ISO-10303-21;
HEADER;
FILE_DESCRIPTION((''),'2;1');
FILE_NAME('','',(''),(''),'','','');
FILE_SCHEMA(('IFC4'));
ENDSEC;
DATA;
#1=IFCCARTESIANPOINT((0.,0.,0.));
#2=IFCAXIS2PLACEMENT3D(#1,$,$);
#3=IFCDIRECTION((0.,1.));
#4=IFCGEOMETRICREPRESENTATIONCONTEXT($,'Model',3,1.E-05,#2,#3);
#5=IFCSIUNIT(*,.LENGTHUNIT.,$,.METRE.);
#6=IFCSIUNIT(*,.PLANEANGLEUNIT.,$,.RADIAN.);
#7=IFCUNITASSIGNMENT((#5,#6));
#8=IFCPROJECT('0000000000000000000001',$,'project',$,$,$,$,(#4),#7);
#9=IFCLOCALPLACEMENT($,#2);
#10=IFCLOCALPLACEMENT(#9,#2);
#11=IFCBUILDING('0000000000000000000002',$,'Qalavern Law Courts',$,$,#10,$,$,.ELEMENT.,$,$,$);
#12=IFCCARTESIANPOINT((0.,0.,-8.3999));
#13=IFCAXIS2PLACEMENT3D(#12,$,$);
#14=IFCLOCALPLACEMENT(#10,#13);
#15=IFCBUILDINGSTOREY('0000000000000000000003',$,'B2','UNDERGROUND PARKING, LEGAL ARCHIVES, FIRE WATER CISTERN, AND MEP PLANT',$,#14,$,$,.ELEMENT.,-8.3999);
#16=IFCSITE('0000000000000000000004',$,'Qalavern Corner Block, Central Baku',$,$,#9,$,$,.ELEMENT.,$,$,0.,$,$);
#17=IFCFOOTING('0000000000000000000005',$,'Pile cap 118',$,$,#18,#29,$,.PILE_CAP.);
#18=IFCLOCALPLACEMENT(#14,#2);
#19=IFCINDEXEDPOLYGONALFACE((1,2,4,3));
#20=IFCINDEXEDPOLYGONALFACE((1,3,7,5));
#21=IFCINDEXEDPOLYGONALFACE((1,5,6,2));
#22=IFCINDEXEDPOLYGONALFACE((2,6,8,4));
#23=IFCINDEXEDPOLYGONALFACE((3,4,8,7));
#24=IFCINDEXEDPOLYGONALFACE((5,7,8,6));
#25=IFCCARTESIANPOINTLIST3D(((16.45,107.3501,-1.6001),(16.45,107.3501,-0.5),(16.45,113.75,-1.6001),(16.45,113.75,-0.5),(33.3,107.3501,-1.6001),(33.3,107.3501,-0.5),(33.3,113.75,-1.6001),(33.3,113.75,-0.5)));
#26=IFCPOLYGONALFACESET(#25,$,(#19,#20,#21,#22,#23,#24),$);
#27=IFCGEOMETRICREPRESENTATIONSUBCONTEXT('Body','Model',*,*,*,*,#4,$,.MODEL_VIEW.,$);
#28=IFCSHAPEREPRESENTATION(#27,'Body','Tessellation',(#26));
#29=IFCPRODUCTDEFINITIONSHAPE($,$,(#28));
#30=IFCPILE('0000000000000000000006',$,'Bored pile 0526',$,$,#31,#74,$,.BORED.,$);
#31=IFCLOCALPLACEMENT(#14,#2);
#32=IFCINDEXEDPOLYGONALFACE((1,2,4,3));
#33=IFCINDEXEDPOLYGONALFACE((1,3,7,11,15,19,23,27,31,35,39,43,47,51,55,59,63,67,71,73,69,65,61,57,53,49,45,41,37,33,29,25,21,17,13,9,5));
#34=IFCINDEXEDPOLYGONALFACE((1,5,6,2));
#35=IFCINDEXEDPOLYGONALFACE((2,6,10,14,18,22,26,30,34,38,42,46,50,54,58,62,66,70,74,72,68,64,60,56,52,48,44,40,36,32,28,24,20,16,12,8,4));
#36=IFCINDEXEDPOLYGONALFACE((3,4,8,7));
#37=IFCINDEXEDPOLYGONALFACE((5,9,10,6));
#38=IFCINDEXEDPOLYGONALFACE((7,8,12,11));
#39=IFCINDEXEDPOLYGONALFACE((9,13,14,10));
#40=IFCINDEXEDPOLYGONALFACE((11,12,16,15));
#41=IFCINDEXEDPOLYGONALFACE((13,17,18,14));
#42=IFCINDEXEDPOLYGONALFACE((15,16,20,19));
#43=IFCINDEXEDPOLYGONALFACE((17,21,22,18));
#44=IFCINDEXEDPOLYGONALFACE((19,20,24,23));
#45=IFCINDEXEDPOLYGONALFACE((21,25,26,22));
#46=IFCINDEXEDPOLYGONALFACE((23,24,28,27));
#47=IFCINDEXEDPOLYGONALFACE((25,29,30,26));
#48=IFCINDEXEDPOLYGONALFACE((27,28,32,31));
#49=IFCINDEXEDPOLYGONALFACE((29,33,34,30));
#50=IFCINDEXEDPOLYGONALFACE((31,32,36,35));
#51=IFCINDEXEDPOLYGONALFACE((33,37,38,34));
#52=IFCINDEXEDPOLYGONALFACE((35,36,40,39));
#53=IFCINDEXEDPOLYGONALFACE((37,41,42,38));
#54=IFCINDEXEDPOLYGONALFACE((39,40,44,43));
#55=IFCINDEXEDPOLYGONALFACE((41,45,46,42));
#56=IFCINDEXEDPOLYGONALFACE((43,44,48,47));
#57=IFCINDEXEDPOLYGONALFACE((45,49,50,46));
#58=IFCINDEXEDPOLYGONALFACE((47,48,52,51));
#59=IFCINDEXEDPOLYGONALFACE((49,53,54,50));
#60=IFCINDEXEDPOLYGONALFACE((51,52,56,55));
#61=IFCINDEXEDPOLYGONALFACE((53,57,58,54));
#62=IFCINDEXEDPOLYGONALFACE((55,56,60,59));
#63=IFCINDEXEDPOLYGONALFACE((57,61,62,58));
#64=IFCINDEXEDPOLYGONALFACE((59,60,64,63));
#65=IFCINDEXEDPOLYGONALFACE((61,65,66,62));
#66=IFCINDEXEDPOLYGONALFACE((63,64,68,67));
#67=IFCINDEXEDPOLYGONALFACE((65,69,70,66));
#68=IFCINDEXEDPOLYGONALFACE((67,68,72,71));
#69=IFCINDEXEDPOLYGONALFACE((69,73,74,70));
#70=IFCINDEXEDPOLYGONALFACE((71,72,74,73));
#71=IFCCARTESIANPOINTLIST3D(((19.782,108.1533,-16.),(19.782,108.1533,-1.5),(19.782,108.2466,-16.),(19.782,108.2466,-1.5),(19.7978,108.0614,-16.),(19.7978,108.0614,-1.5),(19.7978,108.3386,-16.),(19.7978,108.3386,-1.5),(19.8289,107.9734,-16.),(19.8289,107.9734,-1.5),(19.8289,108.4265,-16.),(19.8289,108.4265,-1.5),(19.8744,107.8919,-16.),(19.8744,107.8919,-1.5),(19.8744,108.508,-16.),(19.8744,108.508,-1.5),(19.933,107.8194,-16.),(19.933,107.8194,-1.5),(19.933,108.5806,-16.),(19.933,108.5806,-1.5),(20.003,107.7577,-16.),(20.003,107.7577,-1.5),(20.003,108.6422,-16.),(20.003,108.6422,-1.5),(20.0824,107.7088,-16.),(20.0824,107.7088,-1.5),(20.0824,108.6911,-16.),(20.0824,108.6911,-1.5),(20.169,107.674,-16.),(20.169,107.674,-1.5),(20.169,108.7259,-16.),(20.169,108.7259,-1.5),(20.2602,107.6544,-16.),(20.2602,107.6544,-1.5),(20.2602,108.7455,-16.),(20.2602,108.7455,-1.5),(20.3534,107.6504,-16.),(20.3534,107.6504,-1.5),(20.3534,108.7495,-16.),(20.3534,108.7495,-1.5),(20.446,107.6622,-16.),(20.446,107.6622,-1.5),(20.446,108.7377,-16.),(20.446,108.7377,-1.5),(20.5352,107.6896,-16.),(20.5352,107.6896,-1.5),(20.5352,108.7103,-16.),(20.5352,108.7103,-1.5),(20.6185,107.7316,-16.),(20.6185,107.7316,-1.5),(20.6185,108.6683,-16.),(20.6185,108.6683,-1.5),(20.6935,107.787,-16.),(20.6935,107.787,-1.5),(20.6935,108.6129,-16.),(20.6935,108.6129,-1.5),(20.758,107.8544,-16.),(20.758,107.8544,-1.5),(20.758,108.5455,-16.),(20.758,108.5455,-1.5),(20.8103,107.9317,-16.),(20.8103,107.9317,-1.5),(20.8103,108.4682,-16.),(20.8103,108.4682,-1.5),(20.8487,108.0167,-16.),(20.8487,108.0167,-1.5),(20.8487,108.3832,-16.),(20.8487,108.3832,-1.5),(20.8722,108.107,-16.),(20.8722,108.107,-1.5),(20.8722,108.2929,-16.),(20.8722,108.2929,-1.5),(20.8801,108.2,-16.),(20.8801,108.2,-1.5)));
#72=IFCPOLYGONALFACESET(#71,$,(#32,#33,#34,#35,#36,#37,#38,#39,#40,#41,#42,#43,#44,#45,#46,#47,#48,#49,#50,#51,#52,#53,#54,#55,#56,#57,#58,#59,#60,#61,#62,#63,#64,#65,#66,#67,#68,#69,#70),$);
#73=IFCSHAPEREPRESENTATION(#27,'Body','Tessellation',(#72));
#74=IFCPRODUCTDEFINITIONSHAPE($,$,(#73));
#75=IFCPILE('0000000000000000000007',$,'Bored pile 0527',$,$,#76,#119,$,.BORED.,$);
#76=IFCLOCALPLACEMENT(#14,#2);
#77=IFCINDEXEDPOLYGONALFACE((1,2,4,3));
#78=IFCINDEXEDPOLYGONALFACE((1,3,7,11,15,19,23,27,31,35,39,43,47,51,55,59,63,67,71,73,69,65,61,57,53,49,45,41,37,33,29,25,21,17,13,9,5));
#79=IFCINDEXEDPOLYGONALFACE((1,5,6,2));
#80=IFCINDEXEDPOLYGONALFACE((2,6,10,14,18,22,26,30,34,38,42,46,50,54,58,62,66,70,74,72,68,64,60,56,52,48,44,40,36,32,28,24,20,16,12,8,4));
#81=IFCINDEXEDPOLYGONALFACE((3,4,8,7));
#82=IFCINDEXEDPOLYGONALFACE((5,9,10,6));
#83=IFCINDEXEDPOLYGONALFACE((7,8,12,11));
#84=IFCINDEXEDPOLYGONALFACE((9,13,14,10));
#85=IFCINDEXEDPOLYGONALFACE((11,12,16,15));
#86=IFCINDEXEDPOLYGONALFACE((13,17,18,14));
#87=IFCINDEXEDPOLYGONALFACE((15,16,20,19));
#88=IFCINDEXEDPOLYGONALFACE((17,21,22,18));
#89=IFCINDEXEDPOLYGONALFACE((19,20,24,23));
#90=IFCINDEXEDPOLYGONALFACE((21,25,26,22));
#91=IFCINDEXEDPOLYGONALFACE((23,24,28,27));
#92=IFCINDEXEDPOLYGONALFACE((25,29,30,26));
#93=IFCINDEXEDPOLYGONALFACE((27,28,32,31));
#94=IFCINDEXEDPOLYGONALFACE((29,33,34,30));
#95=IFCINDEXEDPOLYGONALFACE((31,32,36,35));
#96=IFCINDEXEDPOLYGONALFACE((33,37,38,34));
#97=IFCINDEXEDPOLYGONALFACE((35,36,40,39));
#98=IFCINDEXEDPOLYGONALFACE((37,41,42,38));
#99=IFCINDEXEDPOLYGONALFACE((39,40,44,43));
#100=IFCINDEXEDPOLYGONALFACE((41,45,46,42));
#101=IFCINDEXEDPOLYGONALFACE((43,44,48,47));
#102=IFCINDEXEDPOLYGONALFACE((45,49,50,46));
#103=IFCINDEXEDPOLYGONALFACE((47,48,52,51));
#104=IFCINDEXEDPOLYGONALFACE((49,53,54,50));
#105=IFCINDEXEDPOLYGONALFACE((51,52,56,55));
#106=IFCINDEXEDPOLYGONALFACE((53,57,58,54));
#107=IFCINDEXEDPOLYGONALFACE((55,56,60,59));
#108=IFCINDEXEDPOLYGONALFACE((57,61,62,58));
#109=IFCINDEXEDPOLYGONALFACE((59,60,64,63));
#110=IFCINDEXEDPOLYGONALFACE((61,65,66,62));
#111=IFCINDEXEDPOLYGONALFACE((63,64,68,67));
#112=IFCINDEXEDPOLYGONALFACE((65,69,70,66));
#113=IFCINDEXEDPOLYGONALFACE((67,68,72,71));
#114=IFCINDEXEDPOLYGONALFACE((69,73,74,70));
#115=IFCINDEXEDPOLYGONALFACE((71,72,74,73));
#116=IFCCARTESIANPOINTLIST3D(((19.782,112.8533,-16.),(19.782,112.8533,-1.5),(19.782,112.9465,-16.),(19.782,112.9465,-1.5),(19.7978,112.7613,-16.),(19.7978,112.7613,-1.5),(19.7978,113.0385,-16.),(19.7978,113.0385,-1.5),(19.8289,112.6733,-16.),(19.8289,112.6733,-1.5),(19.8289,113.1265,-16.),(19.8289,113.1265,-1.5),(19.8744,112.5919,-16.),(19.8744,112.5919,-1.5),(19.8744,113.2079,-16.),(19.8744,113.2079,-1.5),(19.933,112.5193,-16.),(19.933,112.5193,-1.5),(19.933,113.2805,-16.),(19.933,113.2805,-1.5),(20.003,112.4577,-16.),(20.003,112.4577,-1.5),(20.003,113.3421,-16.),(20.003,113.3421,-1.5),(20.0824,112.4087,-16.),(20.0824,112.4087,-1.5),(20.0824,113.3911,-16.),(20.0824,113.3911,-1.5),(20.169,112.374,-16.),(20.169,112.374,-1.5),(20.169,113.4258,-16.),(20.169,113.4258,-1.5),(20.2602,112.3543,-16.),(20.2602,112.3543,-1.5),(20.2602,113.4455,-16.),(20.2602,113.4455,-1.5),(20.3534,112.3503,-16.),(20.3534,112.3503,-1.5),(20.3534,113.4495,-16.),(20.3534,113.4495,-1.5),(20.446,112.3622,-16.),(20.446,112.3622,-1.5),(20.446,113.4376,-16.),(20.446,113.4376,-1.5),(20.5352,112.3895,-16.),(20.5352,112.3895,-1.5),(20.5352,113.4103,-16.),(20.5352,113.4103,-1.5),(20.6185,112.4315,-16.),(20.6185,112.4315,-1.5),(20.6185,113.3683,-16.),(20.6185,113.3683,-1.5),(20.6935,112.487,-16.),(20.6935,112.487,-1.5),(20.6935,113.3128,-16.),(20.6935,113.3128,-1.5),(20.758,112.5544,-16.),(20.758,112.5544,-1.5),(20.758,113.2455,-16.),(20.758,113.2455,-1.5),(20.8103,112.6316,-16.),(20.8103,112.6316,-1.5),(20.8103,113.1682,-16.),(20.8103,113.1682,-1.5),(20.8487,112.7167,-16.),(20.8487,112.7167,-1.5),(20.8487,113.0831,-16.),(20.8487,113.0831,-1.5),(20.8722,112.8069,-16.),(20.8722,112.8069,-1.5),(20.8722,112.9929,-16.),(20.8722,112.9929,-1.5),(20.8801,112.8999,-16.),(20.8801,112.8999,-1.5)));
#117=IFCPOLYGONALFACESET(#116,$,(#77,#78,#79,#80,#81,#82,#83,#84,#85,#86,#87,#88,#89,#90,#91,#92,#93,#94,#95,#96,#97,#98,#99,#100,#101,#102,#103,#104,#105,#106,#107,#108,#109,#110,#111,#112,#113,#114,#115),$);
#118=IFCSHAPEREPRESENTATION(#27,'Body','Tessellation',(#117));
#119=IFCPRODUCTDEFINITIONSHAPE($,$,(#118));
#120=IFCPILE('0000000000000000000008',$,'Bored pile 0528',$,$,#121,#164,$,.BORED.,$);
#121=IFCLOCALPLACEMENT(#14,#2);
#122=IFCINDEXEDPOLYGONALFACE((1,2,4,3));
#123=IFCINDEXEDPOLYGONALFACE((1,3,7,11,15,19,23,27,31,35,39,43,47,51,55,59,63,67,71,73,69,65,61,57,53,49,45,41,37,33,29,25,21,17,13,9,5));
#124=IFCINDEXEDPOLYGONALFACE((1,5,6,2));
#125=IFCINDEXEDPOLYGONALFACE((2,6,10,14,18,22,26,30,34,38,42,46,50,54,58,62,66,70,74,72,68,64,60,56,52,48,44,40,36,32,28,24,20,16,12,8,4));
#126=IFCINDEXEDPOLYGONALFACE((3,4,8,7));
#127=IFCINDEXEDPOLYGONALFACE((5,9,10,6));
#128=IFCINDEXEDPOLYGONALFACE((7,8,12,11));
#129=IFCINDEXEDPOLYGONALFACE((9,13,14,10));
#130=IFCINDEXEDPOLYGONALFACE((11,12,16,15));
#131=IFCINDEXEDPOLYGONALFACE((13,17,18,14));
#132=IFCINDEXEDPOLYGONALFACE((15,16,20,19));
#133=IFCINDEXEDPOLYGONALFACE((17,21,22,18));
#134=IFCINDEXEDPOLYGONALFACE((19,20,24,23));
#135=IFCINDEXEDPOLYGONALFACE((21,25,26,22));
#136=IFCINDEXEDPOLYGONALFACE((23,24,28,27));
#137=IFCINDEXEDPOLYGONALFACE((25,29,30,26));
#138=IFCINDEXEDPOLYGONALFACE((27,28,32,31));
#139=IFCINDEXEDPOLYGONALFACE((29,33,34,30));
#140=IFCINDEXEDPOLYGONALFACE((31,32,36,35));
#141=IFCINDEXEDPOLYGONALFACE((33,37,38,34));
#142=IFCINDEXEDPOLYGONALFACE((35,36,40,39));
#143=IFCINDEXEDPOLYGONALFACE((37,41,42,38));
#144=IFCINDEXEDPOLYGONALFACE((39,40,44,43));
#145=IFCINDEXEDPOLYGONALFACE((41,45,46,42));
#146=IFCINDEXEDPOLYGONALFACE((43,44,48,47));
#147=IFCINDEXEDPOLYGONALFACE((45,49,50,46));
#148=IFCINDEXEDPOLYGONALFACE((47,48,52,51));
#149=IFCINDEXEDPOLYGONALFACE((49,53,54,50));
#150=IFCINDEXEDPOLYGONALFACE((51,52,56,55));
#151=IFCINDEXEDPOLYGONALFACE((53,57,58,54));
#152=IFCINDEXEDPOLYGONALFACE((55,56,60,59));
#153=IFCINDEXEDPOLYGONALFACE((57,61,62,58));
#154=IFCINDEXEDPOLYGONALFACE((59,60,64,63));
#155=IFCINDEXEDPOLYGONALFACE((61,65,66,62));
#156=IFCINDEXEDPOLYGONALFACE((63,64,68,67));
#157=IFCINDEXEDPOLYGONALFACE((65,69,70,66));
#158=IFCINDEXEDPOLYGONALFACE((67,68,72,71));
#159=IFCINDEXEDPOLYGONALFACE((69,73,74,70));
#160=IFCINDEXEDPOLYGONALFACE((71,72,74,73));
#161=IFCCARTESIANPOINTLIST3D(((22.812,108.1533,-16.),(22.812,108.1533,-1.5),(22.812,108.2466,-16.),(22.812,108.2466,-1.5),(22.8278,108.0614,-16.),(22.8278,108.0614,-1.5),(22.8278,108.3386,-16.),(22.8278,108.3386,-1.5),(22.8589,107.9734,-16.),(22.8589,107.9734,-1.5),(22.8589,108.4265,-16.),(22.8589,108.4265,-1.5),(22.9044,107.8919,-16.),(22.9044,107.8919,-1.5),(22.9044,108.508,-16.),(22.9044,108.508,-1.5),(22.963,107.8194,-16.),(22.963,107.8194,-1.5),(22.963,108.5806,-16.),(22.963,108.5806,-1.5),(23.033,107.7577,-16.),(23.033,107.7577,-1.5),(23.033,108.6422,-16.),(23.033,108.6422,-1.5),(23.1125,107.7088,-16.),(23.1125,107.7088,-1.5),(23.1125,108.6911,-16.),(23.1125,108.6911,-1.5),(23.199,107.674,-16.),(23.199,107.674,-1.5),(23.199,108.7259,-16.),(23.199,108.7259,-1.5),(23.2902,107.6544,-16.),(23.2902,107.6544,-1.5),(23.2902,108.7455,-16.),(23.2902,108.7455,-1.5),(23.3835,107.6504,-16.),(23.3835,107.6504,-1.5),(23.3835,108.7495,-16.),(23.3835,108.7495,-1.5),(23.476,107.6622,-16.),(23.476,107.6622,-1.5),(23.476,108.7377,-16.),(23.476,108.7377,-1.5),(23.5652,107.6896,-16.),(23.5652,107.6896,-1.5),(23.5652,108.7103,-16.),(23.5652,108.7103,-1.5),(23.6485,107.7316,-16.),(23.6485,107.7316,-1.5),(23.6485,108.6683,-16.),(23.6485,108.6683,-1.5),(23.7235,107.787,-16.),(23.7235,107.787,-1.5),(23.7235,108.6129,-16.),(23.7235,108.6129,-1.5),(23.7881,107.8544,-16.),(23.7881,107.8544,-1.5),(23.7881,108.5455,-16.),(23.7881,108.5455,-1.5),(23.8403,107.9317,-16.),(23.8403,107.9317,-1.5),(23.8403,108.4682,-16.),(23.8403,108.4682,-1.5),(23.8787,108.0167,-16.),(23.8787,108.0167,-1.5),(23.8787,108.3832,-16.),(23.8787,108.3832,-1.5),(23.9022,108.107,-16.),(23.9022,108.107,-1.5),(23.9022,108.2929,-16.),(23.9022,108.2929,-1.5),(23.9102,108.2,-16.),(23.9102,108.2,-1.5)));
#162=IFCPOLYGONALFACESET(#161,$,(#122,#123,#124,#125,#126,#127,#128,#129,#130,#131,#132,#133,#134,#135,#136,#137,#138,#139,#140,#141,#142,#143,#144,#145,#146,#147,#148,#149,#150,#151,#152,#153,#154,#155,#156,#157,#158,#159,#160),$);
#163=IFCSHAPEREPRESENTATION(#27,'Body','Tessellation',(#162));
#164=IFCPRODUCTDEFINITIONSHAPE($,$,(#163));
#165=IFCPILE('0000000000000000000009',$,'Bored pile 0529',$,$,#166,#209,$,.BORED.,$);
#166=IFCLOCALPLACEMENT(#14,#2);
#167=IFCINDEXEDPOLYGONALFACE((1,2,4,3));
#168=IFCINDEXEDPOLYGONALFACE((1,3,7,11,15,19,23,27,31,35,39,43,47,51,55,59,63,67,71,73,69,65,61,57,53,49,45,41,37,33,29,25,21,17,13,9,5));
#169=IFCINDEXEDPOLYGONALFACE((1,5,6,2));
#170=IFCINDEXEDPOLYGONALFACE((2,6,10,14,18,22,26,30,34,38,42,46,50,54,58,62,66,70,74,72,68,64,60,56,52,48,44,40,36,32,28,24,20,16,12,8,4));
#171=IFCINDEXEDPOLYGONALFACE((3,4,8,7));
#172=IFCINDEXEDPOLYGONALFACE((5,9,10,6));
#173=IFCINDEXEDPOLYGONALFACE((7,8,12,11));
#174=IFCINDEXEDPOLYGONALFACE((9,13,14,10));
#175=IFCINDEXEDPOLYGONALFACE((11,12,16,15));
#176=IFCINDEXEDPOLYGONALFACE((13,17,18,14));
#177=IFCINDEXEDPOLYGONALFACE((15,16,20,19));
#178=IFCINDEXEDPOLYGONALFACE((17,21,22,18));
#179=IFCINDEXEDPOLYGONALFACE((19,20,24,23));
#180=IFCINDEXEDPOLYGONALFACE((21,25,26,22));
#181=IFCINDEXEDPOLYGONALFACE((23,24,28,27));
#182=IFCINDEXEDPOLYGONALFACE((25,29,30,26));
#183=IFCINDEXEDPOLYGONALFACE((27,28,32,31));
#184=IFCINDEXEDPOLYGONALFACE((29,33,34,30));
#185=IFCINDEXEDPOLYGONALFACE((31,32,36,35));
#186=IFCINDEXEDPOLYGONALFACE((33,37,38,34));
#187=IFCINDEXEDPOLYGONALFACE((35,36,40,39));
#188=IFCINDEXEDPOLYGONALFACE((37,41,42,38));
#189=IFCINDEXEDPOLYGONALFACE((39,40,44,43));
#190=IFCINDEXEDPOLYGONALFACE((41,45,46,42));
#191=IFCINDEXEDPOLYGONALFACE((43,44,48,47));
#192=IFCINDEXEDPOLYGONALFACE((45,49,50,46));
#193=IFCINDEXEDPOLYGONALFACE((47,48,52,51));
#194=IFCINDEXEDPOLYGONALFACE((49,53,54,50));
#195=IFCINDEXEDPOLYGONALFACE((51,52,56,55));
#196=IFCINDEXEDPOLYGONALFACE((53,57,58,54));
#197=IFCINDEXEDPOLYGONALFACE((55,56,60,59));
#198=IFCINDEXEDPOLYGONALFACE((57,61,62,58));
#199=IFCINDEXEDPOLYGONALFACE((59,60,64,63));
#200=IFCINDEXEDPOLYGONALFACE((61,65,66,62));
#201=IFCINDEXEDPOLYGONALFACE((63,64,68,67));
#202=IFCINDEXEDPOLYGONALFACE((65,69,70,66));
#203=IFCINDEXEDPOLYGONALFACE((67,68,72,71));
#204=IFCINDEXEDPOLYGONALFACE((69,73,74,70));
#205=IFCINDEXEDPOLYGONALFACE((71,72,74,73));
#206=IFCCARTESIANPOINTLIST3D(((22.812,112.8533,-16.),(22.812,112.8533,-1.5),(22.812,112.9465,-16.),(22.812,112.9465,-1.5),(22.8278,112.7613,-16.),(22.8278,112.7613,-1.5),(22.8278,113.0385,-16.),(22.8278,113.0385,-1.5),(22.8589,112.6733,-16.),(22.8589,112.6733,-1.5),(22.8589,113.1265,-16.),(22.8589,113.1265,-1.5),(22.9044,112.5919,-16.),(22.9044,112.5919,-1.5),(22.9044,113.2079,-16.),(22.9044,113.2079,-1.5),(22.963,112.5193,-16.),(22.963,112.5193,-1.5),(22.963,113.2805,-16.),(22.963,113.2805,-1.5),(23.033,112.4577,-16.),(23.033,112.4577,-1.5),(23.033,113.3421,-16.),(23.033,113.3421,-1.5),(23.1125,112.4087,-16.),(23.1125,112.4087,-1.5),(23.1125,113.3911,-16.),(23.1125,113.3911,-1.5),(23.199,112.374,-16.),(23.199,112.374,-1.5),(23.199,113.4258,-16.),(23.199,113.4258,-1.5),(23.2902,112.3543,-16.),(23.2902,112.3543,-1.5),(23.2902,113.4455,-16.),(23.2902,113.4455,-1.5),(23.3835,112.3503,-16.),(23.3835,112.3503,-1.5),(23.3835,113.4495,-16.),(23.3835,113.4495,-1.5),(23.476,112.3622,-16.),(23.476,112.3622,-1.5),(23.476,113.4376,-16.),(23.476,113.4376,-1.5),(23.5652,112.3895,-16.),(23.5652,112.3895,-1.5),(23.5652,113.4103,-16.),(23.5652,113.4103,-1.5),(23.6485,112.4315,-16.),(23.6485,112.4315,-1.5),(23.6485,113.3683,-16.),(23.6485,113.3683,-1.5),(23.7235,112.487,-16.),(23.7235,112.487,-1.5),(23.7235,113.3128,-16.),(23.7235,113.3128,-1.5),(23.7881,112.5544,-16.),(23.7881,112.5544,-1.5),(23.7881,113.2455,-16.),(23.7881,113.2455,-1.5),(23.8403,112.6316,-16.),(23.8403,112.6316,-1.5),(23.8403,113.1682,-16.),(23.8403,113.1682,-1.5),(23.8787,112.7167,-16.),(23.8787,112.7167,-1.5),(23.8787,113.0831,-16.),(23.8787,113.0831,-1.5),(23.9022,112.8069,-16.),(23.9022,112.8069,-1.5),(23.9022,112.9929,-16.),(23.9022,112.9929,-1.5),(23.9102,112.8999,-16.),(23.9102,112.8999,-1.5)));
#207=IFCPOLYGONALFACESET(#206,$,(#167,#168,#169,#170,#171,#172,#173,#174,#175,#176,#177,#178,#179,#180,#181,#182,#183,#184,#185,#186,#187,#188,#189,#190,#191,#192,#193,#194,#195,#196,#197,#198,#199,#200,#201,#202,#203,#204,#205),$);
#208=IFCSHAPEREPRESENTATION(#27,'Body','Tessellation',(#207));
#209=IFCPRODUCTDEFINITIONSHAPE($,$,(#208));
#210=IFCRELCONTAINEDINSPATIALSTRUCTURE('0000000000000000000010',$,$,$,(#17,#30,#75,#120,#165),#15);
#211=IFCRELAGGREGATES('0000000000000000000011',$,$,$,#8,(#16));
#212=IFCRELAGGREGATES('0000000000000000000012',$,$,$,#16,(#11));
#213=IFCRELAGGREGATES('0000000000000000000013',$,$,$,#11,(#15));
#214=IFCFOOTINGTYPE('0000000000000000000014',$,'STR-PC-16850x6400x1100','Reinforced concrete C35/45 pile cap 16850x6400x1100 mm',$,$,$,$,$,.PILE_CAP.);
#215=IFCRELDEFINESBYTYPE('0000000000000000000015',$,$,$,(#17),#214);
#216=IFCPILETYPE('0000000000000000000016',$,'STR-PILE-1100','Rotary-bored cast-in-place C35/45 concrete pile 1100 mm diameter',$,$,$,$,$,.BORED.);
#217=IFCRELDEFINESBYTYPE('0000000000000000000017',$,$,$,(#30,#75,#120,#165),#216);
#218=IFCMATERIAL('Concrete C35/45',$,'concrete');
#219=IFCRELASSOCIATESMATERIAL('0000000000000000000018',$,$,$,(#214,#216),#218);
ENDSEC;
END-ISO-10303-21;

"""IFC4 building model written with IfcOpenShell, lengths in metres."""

from ifc_helpers import new_model, si_unit, direction, frame, origin, origin_2d, place, context, subcontext, project, spatial, rectangle, circle, extrude, material, material_profile, profile_set, type_object, element, save


model = new_model("IFC4")

# Units and contexts
model_context = context("Model", 3, precision=1e-05, world=origin(), true_north=direction((0.0, 1.0)))
body_context = subcontext(model_context, "Body", "Model", "MODEL_VIEW")
ifc_project = project(units=[si_unit("LENGTHUNIT", "METRE"), si_unit("PLANEANGLEUNIT", "RADIAN")], contexts=[model_context])

# Site, building, storey
site_placement = place(None, origin())
site = spatial("IfcSite", under=ifc_project, at=site_placement, Name="Qalavern Corner Block, Central Baku", CompositionType="ELEMENT", RefElevation=0.0)
building_placement = place(site_placement, origin())
building = spatial("IfcBuilding", under=site, at=building_placement, Name="Qalavern Law Courts", CompositionType="ELEMENT")
storey_placement = place(building_placement, frame((0.0, 0.0, -8.3999)))
storey = spatial("IfcBuildingStorey", under=building, at=storey_placement, Name="B2", Description="UNDERGROUND PARKING, LEGAL ARCHIVES, FIRE WATER CISTERN, AND MEP PLANT", CompositionType="ELEMENT", Elevation=-8.3999)

# Footing
ifc_material_1 = material(Name="Concrete C35/45", Category="concrete")
footing_type = type_object("IfcFootingType", Name="STR-PC-16850x6400x1100", Description="Reinforced concrete C35/45 pile cap 16850x6400x1100 mm", PredefinedType="PILE_CAP", material=ifc_material_1)
footing_placement = place(storey_placement, frame((24.875, 110.55, -1.6001), z_axis=(0.0, 0.0, 1.0), x_axis=(1.0, 0.0, 0.0)))
element("IfcFooting", 1, at=footing_placement, inside=storey, type_object=footing_type, Name="Pile cap 118", PredefinedType="PILE_CAP", context=body_context, shape_type="SweptSolid", body=[
    extrude(rectangle(XDim=16.8501, YDim=6.3999, at=origin_2d()), origin(), (0.0, 0.0, 1.0), 1.1001),
])

# Piles
ifc_material_profile_1 = material_profile(ifc_material_1, circle(Radius=0.55, at=origin_2d()), Name="BORED PILE 1100")
ifc_profile_set_1 = profile_set([ifc_material_profile_1], Name="Concrete C35/45")
pile_type_1 = type_object("IfcPileType", Name="STR-PILE-1100", Description="Rotary-bored cast-in-place C35/45 concrete pile 1100 mm diameter", PredefinedType="BORED", material=ifc_profile_set_1)
for number, where, z_axis, x_axis, name in (
    (2, (20.3301, 108.2, -1.5), (0.0, 0.0, -1.0), (1.0, 0.0, 0.0), "Bored pile 0526"),
    (3, (20.3301, 112.8999, -1.5), (0.0, 0.0, -1.0), (1.0, 0.0, 0.0), "Bored pile 0527"),
    (4, (23.3601, 108.2, -1.5), (0.0, 0.0, -1.0), (1.0, 0.0, 0.0), "Bored pile 0528"),
    (5, (23.3601, 112.8999, -1.5), (0.0, 0.0, -1.0), (1.0, 0.0, 0.0), "Bored pile 0529"),
):
    element("IfcPile", number, at=place(storey_placement, frame(where, z_axis=z_axis, x_axis=x_axis)), inside=storey, type_object=pile_type_1, Name=name, PredefinedType="BORED", context=body_context, shape_type="SweptSolid", body=[
        extrude(circle(Radius=0.55, at=origin_2d()), origin(), (0.0, 0.0, 1.0), 14.5),
    ])

save(model, "model.ifc")
